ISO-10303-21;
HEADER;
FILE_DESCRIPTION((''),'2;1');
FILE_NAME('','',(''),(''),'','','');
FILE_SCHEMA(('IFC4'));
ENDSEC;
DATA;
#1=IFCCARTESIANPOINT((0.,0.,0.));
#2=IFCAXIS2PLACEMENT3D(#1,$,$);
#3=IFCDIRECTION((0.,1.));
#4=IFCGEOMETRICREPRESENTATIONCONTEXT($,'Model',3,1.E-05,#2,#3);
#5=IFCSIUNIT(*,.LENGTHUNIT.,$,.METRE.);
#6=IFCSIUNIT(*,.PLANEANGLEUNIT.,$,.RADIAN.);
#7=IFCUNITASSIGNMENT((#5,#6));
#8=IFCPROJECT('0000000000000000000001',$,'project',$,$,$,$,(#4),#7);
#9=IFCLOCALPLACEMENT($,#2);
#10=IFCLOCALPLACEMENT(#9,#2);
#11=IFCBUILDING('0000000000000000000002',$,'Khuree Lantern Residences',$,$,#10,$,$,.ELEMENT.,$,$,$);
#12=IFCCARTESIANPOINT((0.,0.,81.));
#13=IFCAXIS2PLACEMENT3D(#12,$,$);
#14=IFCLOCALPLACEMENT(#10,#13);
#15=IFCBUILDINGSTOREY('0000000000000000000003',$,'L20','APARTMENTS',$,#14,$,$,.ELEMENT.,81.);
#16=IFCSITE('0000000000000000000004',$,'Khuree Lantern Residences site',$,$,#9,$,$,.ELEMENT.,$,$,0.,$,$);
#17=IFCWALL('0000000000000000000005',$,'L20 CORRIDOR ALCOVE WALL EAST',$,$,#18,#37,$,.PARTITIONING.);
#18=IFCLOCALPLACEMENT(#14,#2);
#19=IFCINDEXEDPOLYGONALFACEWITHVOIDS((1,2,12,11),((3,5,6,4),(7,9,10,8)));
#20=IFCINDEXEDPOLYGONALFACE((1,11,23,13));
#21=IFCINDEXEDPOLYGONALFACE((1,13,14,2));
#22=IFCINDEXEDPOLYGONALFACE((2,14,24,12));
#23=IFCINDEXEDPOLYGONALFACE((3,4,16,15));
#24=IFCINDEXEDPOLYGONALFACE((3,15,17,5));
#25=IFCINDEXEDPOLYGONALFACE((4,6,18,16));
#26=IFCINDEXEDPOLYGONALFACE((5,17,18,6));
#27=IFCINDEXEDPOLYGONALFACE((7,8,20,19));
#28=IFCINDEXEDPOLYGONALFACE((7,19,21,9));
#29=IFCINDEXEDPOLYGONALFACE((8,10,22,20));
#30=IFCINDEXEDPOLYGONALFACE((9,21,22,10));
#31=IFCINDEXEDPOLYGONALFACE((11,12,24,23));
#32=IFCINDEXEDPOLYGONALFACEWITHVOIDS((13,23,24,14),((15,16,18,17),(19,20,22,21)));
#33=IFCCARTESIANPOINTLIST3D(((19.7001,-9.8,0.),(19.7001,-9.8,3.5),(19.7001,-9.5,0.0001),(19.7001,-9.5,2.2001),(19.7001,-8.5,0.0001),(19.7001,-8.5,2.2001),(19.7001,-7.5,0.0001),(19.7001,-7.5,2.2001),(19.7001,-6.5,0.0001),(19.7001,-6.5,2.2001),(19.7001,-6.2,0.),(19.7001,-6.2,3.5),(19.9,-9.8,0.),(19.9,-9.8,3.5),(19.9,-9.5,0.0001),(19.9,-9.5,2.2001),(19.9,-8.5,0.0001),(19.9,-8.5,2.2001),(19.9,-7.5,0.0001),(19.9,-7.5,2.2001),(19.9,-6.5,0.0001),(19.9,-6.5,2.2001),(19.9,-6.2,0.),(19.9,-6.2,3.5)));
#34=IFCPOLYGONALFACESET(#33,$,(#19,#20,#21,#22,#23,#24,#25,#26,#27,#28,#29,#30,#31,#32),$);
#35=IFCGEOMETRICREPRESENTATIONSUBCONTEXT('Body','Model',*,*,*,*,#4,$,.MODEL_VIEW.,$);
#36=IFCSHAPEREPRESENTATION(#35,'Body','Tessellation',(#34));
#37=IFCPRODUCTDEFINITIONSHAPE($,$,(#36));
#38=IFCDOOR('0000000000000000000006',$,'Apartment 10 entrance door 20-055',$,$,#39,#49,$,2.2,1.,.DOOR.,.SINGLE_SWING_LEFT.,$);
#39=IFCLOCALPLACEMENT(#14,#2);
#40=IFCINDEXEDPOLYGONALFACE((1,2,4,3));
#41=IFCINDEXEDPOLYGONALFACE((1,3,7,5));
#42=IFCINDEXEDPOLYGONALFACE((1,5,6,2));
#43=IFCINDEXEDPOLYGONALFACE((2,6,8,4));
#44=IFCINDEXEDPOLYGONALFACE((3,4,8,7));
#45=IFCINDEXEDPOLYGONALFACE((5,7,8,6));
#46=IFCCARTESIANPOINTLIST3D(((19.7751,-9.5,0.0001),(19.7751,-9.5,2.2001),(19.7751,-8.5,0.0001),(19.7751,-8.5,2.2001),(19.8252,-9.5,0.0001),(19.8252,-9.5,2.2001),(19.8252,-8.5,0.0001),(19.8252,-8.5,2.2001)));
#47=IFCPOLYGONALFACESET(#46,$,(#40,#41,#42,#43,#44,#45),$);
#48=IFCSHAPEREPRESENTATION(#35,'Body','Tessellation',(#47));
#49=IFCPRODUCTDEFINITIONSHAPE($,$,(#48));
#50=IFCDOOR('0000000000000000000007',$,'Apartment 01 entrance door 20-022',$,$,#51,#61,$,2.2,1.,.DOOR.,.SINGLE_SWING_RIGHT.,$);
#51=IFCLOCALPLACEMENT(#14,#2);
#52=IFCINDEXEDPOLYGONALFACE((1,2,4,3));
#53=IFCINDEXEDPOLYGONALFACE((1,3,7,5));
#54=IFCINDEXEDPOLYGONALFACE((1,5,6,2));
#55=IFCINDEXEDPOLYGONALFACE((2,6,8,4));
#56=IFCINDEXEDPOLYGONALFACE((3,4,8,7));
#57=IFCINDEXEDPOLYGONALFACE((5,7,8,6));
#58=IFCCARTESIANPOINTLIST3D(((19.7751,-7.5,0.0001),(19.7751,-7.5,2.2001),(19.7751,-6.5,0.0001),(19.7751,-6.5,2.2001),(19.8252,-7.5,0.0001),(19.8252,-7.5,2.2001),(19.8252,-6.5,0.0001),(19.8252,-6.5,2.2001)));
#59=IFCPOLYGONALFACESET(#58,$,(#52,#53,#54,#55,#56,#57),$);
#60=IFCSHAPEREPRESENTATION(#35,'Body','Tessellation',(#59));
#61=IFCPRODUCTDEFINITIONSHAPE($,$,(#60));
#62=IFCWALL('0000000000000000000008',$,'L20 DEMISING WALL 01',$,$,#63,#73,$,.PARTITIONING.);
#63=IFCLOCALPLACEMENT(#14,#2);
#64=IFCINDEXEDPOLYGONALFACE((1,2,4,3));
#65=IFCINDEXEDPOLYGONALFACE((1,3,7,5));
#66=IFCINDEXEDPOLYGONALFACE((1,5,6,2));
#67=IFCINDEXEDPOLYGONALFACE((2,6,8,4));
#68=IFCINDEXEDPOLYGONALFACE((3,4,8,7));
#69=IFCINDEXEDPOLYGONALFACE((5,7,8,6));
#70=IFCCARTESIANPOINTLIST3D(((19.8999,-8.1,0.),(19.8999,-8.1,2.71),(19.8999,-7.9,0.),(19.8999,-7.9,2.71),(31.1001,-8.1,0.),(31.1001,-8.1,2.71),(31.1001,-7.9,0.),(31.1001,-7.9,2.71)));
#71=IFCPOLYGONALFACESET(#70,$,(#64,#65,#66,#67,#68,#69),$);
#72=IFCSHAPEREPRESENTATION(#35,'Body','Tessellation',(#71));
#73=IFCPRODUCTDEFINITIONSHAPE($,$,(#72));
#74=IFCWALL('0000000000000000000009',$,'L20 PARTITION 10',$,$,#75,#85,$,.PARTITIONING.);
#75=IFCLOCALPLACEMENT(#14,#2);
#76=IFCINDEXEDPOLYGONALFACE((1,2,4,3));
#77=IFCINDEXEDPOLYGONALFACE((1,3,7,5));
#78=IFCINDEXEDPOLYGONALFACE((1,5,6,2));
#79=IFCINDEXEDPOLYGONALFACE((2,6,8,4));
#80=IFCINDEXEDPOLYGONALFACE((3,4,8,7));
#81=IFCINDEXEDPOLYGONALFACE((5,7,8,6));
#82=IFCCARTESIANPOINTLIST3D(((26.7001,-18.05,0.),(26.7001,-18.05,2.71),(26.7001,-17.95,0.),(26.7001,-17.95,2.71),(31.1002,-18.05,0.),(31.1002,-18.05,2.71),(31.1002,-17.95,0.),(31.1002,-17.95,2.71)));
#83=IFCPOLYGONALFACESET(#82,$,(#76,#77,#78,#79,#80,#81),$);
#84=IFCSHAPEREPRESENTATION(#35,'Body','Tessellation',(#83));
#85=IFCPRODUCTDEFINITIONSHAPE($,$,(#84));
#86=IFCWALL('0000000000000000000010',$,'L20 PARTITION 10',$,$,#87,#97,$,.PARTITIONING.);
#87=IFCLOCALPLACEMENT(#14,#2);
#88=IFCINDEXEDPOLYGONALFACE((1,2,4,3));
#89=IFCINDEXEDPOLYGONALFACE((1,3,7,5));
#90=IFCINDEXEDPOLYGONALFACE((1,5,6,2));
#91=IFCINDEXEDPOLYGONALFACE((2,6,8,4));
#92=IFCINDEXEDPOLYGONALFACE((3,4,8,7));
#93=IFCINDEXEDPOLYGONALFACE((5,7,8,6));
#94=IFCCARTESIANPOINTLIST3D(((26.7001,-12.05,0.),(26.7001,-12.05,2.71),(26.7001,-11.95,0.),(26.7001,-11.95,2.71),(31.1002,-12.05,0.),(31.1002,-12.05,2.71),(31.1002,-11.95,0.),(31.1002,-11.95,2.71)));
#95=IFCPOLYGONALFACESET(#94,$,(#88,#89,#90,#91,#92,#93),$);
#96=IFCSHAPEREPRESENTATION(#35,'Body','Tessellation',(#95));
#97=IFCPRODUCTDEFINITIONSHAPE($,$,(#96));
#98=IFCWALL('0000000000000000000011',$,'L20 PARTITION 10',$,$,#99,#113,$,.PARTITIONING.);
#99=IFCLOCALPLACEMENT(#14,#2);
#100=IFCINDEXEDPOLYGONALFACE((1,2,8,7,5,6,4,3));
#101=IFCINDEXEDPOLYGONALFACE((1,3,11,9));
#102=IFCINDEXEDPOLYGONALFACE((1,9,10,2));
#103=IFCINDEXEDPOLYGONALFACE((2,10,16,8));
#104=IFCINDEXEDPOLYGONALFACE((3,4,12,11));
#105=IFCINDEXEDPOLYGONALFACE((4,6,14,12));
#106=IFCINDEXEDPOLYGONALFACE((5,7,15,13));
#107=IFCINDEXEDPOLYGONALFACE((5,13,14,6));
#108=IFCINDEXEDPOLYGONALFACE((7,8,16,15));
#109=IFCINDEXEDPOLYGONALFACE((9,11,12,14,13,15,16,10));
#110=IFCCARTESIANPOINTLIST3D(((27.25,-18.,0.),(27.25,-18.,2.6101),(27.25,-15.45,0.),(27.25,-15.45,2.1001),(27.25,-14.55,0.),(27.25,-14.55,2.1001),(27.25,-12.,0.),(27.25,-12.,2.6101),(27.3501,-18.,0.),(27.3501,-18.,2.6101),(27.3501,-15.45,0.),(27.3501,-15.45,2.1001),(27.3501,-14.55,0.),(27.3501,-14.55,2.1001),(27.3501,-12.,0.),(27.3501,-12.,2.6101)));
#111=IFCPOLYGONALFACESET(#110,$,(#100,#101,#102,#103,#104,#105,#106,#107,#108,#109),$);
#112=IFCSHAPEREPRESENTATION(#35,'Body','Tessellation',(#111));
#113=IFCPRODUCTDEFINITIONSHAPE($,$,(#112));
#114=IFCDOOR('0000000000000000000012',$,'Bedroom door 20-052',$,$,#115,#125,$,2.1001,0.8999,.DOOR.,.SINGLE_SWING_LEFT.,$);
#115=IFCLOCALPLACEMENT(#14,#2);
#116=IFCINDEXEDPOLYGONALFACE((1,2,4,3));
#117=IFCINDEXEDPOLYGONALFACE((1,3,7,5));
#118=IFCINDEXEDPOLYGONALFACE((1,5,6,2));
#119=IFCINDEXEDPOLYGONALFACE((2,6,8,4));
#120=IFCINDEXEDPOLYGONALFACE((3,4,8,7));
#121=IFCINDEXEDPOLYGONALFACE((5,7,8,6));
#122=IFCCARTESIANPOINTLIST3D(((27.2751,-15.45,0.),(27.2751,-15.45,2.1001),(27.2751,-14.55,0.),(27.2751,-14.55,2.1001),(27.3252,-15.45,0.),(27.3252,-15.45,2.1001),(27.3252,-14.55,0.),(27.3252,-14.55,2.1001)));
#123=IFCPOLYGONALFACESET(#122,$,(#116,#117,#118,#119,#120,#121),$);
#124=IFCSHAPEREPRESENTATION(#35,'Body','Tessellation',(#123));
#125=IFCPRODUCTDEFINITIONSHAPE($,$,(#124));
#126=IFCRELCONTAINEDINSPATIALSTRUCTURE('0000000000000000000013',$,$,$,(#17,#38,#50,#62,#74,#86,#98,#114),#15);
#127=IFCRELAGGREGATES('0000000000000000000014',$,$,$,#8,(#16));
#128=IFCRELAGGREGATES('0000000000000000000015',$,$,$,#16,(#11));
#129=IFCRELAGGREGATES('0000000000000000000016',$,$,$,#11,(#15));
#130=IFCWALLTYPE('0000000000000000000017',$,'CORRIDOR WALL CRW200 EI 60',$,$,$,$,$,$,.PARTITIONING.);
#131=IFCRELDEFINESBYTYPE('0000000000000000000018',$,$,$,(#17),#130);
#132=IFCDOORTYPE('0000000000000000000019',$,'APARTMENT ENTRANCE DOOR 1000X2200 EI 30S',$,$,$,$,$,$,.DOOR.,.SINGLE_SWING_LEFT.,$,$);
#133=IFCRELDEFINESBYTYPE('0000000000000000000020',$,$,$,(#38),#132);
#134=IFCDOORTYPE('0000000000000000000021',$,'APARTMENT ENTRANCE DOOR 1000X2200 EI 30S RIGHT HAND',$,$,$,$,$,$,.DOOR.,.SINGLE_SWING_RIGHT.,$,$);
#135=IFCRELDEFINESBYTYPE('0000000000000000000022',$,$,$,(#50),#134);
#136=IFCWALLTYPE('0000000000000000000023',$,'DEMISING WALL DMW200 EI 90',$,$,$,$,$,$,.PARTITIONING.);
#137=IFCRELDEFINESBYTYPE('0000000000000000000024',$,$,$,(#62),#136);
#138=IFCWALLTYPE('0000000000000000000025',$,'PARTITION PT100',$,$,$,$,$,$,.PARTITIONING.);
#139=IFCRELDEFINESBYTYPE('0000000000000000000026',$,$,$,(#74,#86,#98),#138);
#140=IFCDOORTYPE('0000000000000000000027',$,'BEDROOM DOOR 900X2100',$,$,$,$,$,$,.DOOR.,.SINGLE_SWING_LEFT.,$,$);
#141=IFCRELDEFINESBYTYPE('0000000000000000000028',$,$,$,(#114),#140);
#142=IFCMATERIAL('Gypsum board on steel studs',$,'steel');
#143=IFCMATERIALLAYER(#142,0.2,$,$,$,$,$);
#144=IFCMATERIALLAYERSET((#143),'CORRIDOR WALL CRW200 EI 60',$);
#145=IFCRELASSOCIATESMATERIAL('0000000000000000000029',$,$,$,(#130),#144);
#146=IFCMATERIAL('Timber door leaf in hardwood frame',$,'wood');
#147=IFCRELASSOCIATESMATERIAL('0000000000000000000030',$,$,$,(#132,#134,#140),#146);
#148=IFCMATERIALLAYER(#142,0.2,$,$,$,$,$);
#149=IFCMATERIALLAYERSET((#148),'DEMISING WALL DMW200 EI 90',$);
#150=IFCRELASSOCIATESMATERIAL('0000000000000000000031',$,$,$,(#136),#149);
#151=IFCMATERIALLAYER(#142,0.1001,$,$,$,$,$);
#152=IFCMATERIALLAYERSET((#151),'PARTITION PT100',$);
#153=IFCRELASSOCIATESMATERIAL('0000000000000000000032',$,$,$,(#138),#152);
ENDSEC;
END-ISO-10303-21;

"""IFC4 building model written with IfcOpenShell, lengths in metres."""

from ifc_helpers import new_model, si_unit, direction, frame, frame_2d, origin, place, context, subcontext, project, spatial, rectangle, extrude, material, layer, layer_set, type_object, element, fill, save


model = new_model("IFC4")

# Units and contexts
model_context = context("Model", 3, precision=1e-05, world=origin(), true_north=direction((0.0, 1.0)))
body_context = subcontext(model_context, "Body", "Model", "MODEL_VIEW")
ifc_project = project(units=[si_unit("LENGTHUNIT", "METRE"), si_unit("PLANEANGLEUNIT", "RADIAN")], contexts=[model_context])

# Site, building, storey
site_placement = place(None, origin())
site = spatial("IfcSite", under=ifc_project, at=site_placement, Name="Khuree Lantern Residences site", CompositionType="ELEMENT", RefElevation=0.0)
building_placement = place(site_placement, origin())
building = spatial("IfcBuilding", under=site, at=building_placement, Name="Khuree Lantern Residences", CompositionType="ELEMENT")
storey_placement = place(building_placement, frame((0.0, 0.0, 81.0)))
storey = spatial("IfcBuildingStorey", under=building, at=storey_placement, Name="L20", Description="APARTMENTS", CompositionType="ELEMENT", Elevation=81.0)

# Shared definitions
ifc_material_1 = material(Name="Timber door leaf in hardwood frame", Category="wood")

# Wall, openings, doors
ifc_material_2 = material(Name="Gypsum board on steel studs", Category="steel")
ifc_layer_1 = layer(ifc_material_2, 0.2)
ifc_layer_set_1 = layer_set([ifc_layer_1], Name="CORRIDOR WALL CRW200 EI 60")
wall_type_1 = type_object("IfcWallType", Name="CORRIDOR WALL CRW200 EI 60", PredefinedType="PARTITIONING", material=ifc_layer_set_1)
wall_1_placement = place(storey_placement, frame((19.8, -9.8, 0.0), z_axis=(0.0, 0.0, 1.0), x_axis=(0.0, 1.0, 0.0)))
wall_1 = element("IfcWall", 1, at=wall_1_placement, inside=storey, type_object=wall_type_1, Name="L20 CORRIDOR ALCOVE WALL EAST", PredefinedType="PARTITIONING", context=body_context, shape_type="SweptSolid", body=[
    extrude(rectangle(XDim=3.6001, YDim=0.2, at=frame_2d((1.8, 0.0))), origin(), (0.0, 0.0, 1.0), 3.5),
])
opening_1_placement = place(wall_1_placement, frame((2.3, 0.0, 0.0)))
opening_1 = element("IfcOpeningElement", 2, at=opening_1_placement, cuts=wall_1, PredefinedType="OPENING", context=body_context, shape_type="SweptSolid", body=[
    extrude(rectangle(XDim=1.0, YDim=2.2, at=frame_2d((0.5, 1.1001))), frame((0.0, 0.1099, 0.0), z_axis=(0.0, -1.0, 0.0), x_axis=(1.0, 0.0, 0.0)), (0.0, 0.0, 1.0), 0.22),
])
opening_2_placement = place(wall_1_placement, frame((0.3, 0.0, 0.0)))
opening_2 = element("IfcOpeningElement", 3, at=opening_2_placement, cuts=wall_1, PredefinedType="OPENING", context=body_context, shape_type="SweptSolid", body=[
    extrude(rectangle(XDim=1.0, YDim=2.2, at=frame_2d((0.5, 1.1001))), frame((0.0, 0.1099, 0.0), z_axis=(0.0, -1.0, 0.0), x_axis=(1.0, 0.0, 0.0)), (0.0, 0.0, 1.0), 0.22),
])
door_type_1 = type_object("IfcDoorType", Name="APARTMENT ENTRANCE DOOR 1000X2200 EI 30S", OperationType="SINGLE_SWING_LEFT", PredefinedType="DOOR", material=ifc_material_1)
door_1_placement = place(opening_2_placement, origin())
door_1 = element("IfcDoor", 4, at=door_1_placement, inside=storey, type_object=door_type_1, Name="Apartment 10 entrance door 20-055", OperationType="SINGLE_SWING_LEFT", OverallHeight=2.2, OverallWidth=1.0, PredefinedType="DOOR", context=body_context, shape_type="SweptSolid", body=[
    extrude(rectangle(XDim=1.0, YDim=2.2, at=frame_2d((0.5, 1.1001))), frame((0.0, 0.0249, 0.0), z_axis=(0.0, -1.0, 0.0), x_axis=(1.0, 0.0, 0.0)), (0.0, 0.0, 1.0), 0.05),
])
fill(opening_2, door_1)
door_type_2 = type_object("IfcDoorType", Name="APARTMENT ENTRANCE DOOR 1000X2200 EI 30S RIGHT HAND", OperationType="SINGLE_SWING_RIGHT", PredefinedType="DOOR", material=ifc_material_1)
door_2_placement = place(opening_1_placement, origin())
door_2 = element("IfcDoor", 5, at=door_2_placement, inside=storey, type_object=door_type_2, Name="Apartment 01 entrance door 20-022", OperationType="SINGLE_SWING_RIGHT", OverallHeight=2.2, OverallWidth=1.0, PredefinedType="DOOR", context=body_context, shape_type="SweptSolid", body=[
    extrude(rectangle(XDim=1.0, YDim=2.2, at=frame_2d((0.5, 1.1001))), frame((0.0, 0.0249, 0.0), z_axis=(0.0, -1.0, 0.0), x_axis=(1.0, 0.0, 0.0)), (0.0, 0.0, 1.0), 0.05),
])
fill(opening_1, door_2)

# Walls
ifc_layer_2 = layer(ifc_material_2, 0.2)
ifc_layer_set_2 = layer_set([ifc_layer_2], Name="DEMISING WALL DMW200 EI 90")
wall_type_2 = type_object("IfcWallType", Name="DEMISING WALL DMW200 EI 90", PredefinedType="PARTITIONING", material=ifc_layer_set_2)
wall_2_placement = place(storey_placement, frame((19.8999, -8.0, 0.0), z_axis=(0.0, 0.0, 1.0), x_axis=(1.0, 0.0, 0.0)))
element("IfcWall", 6, at=wall_2_placement, inside=storey, type_object=wall_type_2, Name="L20 DEMISING WALL 01", PredefinedType="PARTITIONING", context=body_context, shape_type="SweptSolid", body=[
    extrude(rectangle(XDim=11.2002, YDim=0.2, at=frame_2d((5.6001, 0.0))), origin(), (0.0, 0.0, 1.0), 2.71),
])
ifc_layer_3 = layer(ifc_material_2, 0.1001)
ifc_layer_set_3 = layer_set([ifc_layer_3], Name="PARTITION PT100")
wall_type_3 = type_object("IfcWallType", Name="PARTITION PT100", PredefinedType="PARTITIONING", material=ifc_layer_set_3)
for number, where, z_axis, x_axis, name in (
    (7, (26.7, -18.0, 0.0), (0.0, 0.0, 1.0), (1.0, 0.0, 0.0), "L20 PARTITION 10"),
    (8, (26.7, -12.0, 0.0), (0.0, 0.0, 1.0), (1.0, 0.0, 0.0), "L20 PARTITION 10"),
):
    element("IfcWall", number, at=place(storey_placement, frame(where, z_axis=z_axis, x_axis=x_axis)), inside=storey, type_object=wall_type_3, Name=name, PredefinedType="PARTITIONING", context=body_context, shape_type="SweptSolid", body=[
        extrude(rectangle(XDim=4.4001, YDim=0.1001, at=frame_2d((2.2002, 0.0))), origin(), (0.0, 0.0, 1.0), 2.71),
    ])

# Wall, opening, door
wall_3_placement = place(storey_placement, frame((27.3, -18.0, 0.0), z_axis=(0.0, 0.0, 1.0), x_axis=(0.0, 1.0, 0.0)))
wall_3 = element("IfcWall", 9, at=wall_3_placement, inside=storey, type_object=wall_type_3, Name="L20 PARTITION 10", PredefinedType="PARTITIONING", context=body_context, shape_type="SweptSolid", body=[
    extrude(rectangle(XDim=6.0, YDim=0.1001, at=frame_2d((3.0, 0.0))), origin(), (0.0, 0.0, 1.0), 2.6101),
])
opening_3_placement = place(wall_3_placement, frame((2.55, 0.0, 0.0)))
opening_3 = element("IfcOpeningElement", 10, at=opening_3_placement, cuts=wall_3, PredefinedType="OPENING", context=body_context, shape_type="SweptSolid", body=[
    extrude(rectangle(XDim=0.8999, YDim=2.1001, at=frame_2d((0.45, 1.05))), frame((0.0, 0.0601, 0.0), z_axis=(0.0, -1.0, 0.0), x_axis=(1.0, 0.0, 0.0)), (0.0, 0.0, 1.0), 0.1201),
])
door_type_3 = type_object("IfcDoorType", Name="BEDROOM DOOR 900X2100", OperationType="SINGLE_SWING_LEFT", PredefinedType="DOOR", material=ifc_material_1)
door_3_placement = place(opening_3_placement, origin())
door_3 = element("IfcDoor", 11, at=door_3_placement, inside=storey, type_object=door_type_3, Name="Bedroom door 20-052", OperationType="SINGLE_SWING_LEFT", OverallHeight=2.1001, OverallWidth=0.8999, PredefinedType="DOOR", context=body_context, shape_type="SweptSolid", body=[
    extrude(rectangle(XDim=0.8999, YDim=2.1001, at=frame_2d((0.45, 1.05))), frame((0.0, 0.0249, 0.0), z_axis=(0.0, -1.0, 0.0), x_axis=(1.0, 0.0, 0.0)), (0.0, 0.0, 1.0), 0.05),
])
fill(opening_3, door_3)

save(model, "model.ifc")
